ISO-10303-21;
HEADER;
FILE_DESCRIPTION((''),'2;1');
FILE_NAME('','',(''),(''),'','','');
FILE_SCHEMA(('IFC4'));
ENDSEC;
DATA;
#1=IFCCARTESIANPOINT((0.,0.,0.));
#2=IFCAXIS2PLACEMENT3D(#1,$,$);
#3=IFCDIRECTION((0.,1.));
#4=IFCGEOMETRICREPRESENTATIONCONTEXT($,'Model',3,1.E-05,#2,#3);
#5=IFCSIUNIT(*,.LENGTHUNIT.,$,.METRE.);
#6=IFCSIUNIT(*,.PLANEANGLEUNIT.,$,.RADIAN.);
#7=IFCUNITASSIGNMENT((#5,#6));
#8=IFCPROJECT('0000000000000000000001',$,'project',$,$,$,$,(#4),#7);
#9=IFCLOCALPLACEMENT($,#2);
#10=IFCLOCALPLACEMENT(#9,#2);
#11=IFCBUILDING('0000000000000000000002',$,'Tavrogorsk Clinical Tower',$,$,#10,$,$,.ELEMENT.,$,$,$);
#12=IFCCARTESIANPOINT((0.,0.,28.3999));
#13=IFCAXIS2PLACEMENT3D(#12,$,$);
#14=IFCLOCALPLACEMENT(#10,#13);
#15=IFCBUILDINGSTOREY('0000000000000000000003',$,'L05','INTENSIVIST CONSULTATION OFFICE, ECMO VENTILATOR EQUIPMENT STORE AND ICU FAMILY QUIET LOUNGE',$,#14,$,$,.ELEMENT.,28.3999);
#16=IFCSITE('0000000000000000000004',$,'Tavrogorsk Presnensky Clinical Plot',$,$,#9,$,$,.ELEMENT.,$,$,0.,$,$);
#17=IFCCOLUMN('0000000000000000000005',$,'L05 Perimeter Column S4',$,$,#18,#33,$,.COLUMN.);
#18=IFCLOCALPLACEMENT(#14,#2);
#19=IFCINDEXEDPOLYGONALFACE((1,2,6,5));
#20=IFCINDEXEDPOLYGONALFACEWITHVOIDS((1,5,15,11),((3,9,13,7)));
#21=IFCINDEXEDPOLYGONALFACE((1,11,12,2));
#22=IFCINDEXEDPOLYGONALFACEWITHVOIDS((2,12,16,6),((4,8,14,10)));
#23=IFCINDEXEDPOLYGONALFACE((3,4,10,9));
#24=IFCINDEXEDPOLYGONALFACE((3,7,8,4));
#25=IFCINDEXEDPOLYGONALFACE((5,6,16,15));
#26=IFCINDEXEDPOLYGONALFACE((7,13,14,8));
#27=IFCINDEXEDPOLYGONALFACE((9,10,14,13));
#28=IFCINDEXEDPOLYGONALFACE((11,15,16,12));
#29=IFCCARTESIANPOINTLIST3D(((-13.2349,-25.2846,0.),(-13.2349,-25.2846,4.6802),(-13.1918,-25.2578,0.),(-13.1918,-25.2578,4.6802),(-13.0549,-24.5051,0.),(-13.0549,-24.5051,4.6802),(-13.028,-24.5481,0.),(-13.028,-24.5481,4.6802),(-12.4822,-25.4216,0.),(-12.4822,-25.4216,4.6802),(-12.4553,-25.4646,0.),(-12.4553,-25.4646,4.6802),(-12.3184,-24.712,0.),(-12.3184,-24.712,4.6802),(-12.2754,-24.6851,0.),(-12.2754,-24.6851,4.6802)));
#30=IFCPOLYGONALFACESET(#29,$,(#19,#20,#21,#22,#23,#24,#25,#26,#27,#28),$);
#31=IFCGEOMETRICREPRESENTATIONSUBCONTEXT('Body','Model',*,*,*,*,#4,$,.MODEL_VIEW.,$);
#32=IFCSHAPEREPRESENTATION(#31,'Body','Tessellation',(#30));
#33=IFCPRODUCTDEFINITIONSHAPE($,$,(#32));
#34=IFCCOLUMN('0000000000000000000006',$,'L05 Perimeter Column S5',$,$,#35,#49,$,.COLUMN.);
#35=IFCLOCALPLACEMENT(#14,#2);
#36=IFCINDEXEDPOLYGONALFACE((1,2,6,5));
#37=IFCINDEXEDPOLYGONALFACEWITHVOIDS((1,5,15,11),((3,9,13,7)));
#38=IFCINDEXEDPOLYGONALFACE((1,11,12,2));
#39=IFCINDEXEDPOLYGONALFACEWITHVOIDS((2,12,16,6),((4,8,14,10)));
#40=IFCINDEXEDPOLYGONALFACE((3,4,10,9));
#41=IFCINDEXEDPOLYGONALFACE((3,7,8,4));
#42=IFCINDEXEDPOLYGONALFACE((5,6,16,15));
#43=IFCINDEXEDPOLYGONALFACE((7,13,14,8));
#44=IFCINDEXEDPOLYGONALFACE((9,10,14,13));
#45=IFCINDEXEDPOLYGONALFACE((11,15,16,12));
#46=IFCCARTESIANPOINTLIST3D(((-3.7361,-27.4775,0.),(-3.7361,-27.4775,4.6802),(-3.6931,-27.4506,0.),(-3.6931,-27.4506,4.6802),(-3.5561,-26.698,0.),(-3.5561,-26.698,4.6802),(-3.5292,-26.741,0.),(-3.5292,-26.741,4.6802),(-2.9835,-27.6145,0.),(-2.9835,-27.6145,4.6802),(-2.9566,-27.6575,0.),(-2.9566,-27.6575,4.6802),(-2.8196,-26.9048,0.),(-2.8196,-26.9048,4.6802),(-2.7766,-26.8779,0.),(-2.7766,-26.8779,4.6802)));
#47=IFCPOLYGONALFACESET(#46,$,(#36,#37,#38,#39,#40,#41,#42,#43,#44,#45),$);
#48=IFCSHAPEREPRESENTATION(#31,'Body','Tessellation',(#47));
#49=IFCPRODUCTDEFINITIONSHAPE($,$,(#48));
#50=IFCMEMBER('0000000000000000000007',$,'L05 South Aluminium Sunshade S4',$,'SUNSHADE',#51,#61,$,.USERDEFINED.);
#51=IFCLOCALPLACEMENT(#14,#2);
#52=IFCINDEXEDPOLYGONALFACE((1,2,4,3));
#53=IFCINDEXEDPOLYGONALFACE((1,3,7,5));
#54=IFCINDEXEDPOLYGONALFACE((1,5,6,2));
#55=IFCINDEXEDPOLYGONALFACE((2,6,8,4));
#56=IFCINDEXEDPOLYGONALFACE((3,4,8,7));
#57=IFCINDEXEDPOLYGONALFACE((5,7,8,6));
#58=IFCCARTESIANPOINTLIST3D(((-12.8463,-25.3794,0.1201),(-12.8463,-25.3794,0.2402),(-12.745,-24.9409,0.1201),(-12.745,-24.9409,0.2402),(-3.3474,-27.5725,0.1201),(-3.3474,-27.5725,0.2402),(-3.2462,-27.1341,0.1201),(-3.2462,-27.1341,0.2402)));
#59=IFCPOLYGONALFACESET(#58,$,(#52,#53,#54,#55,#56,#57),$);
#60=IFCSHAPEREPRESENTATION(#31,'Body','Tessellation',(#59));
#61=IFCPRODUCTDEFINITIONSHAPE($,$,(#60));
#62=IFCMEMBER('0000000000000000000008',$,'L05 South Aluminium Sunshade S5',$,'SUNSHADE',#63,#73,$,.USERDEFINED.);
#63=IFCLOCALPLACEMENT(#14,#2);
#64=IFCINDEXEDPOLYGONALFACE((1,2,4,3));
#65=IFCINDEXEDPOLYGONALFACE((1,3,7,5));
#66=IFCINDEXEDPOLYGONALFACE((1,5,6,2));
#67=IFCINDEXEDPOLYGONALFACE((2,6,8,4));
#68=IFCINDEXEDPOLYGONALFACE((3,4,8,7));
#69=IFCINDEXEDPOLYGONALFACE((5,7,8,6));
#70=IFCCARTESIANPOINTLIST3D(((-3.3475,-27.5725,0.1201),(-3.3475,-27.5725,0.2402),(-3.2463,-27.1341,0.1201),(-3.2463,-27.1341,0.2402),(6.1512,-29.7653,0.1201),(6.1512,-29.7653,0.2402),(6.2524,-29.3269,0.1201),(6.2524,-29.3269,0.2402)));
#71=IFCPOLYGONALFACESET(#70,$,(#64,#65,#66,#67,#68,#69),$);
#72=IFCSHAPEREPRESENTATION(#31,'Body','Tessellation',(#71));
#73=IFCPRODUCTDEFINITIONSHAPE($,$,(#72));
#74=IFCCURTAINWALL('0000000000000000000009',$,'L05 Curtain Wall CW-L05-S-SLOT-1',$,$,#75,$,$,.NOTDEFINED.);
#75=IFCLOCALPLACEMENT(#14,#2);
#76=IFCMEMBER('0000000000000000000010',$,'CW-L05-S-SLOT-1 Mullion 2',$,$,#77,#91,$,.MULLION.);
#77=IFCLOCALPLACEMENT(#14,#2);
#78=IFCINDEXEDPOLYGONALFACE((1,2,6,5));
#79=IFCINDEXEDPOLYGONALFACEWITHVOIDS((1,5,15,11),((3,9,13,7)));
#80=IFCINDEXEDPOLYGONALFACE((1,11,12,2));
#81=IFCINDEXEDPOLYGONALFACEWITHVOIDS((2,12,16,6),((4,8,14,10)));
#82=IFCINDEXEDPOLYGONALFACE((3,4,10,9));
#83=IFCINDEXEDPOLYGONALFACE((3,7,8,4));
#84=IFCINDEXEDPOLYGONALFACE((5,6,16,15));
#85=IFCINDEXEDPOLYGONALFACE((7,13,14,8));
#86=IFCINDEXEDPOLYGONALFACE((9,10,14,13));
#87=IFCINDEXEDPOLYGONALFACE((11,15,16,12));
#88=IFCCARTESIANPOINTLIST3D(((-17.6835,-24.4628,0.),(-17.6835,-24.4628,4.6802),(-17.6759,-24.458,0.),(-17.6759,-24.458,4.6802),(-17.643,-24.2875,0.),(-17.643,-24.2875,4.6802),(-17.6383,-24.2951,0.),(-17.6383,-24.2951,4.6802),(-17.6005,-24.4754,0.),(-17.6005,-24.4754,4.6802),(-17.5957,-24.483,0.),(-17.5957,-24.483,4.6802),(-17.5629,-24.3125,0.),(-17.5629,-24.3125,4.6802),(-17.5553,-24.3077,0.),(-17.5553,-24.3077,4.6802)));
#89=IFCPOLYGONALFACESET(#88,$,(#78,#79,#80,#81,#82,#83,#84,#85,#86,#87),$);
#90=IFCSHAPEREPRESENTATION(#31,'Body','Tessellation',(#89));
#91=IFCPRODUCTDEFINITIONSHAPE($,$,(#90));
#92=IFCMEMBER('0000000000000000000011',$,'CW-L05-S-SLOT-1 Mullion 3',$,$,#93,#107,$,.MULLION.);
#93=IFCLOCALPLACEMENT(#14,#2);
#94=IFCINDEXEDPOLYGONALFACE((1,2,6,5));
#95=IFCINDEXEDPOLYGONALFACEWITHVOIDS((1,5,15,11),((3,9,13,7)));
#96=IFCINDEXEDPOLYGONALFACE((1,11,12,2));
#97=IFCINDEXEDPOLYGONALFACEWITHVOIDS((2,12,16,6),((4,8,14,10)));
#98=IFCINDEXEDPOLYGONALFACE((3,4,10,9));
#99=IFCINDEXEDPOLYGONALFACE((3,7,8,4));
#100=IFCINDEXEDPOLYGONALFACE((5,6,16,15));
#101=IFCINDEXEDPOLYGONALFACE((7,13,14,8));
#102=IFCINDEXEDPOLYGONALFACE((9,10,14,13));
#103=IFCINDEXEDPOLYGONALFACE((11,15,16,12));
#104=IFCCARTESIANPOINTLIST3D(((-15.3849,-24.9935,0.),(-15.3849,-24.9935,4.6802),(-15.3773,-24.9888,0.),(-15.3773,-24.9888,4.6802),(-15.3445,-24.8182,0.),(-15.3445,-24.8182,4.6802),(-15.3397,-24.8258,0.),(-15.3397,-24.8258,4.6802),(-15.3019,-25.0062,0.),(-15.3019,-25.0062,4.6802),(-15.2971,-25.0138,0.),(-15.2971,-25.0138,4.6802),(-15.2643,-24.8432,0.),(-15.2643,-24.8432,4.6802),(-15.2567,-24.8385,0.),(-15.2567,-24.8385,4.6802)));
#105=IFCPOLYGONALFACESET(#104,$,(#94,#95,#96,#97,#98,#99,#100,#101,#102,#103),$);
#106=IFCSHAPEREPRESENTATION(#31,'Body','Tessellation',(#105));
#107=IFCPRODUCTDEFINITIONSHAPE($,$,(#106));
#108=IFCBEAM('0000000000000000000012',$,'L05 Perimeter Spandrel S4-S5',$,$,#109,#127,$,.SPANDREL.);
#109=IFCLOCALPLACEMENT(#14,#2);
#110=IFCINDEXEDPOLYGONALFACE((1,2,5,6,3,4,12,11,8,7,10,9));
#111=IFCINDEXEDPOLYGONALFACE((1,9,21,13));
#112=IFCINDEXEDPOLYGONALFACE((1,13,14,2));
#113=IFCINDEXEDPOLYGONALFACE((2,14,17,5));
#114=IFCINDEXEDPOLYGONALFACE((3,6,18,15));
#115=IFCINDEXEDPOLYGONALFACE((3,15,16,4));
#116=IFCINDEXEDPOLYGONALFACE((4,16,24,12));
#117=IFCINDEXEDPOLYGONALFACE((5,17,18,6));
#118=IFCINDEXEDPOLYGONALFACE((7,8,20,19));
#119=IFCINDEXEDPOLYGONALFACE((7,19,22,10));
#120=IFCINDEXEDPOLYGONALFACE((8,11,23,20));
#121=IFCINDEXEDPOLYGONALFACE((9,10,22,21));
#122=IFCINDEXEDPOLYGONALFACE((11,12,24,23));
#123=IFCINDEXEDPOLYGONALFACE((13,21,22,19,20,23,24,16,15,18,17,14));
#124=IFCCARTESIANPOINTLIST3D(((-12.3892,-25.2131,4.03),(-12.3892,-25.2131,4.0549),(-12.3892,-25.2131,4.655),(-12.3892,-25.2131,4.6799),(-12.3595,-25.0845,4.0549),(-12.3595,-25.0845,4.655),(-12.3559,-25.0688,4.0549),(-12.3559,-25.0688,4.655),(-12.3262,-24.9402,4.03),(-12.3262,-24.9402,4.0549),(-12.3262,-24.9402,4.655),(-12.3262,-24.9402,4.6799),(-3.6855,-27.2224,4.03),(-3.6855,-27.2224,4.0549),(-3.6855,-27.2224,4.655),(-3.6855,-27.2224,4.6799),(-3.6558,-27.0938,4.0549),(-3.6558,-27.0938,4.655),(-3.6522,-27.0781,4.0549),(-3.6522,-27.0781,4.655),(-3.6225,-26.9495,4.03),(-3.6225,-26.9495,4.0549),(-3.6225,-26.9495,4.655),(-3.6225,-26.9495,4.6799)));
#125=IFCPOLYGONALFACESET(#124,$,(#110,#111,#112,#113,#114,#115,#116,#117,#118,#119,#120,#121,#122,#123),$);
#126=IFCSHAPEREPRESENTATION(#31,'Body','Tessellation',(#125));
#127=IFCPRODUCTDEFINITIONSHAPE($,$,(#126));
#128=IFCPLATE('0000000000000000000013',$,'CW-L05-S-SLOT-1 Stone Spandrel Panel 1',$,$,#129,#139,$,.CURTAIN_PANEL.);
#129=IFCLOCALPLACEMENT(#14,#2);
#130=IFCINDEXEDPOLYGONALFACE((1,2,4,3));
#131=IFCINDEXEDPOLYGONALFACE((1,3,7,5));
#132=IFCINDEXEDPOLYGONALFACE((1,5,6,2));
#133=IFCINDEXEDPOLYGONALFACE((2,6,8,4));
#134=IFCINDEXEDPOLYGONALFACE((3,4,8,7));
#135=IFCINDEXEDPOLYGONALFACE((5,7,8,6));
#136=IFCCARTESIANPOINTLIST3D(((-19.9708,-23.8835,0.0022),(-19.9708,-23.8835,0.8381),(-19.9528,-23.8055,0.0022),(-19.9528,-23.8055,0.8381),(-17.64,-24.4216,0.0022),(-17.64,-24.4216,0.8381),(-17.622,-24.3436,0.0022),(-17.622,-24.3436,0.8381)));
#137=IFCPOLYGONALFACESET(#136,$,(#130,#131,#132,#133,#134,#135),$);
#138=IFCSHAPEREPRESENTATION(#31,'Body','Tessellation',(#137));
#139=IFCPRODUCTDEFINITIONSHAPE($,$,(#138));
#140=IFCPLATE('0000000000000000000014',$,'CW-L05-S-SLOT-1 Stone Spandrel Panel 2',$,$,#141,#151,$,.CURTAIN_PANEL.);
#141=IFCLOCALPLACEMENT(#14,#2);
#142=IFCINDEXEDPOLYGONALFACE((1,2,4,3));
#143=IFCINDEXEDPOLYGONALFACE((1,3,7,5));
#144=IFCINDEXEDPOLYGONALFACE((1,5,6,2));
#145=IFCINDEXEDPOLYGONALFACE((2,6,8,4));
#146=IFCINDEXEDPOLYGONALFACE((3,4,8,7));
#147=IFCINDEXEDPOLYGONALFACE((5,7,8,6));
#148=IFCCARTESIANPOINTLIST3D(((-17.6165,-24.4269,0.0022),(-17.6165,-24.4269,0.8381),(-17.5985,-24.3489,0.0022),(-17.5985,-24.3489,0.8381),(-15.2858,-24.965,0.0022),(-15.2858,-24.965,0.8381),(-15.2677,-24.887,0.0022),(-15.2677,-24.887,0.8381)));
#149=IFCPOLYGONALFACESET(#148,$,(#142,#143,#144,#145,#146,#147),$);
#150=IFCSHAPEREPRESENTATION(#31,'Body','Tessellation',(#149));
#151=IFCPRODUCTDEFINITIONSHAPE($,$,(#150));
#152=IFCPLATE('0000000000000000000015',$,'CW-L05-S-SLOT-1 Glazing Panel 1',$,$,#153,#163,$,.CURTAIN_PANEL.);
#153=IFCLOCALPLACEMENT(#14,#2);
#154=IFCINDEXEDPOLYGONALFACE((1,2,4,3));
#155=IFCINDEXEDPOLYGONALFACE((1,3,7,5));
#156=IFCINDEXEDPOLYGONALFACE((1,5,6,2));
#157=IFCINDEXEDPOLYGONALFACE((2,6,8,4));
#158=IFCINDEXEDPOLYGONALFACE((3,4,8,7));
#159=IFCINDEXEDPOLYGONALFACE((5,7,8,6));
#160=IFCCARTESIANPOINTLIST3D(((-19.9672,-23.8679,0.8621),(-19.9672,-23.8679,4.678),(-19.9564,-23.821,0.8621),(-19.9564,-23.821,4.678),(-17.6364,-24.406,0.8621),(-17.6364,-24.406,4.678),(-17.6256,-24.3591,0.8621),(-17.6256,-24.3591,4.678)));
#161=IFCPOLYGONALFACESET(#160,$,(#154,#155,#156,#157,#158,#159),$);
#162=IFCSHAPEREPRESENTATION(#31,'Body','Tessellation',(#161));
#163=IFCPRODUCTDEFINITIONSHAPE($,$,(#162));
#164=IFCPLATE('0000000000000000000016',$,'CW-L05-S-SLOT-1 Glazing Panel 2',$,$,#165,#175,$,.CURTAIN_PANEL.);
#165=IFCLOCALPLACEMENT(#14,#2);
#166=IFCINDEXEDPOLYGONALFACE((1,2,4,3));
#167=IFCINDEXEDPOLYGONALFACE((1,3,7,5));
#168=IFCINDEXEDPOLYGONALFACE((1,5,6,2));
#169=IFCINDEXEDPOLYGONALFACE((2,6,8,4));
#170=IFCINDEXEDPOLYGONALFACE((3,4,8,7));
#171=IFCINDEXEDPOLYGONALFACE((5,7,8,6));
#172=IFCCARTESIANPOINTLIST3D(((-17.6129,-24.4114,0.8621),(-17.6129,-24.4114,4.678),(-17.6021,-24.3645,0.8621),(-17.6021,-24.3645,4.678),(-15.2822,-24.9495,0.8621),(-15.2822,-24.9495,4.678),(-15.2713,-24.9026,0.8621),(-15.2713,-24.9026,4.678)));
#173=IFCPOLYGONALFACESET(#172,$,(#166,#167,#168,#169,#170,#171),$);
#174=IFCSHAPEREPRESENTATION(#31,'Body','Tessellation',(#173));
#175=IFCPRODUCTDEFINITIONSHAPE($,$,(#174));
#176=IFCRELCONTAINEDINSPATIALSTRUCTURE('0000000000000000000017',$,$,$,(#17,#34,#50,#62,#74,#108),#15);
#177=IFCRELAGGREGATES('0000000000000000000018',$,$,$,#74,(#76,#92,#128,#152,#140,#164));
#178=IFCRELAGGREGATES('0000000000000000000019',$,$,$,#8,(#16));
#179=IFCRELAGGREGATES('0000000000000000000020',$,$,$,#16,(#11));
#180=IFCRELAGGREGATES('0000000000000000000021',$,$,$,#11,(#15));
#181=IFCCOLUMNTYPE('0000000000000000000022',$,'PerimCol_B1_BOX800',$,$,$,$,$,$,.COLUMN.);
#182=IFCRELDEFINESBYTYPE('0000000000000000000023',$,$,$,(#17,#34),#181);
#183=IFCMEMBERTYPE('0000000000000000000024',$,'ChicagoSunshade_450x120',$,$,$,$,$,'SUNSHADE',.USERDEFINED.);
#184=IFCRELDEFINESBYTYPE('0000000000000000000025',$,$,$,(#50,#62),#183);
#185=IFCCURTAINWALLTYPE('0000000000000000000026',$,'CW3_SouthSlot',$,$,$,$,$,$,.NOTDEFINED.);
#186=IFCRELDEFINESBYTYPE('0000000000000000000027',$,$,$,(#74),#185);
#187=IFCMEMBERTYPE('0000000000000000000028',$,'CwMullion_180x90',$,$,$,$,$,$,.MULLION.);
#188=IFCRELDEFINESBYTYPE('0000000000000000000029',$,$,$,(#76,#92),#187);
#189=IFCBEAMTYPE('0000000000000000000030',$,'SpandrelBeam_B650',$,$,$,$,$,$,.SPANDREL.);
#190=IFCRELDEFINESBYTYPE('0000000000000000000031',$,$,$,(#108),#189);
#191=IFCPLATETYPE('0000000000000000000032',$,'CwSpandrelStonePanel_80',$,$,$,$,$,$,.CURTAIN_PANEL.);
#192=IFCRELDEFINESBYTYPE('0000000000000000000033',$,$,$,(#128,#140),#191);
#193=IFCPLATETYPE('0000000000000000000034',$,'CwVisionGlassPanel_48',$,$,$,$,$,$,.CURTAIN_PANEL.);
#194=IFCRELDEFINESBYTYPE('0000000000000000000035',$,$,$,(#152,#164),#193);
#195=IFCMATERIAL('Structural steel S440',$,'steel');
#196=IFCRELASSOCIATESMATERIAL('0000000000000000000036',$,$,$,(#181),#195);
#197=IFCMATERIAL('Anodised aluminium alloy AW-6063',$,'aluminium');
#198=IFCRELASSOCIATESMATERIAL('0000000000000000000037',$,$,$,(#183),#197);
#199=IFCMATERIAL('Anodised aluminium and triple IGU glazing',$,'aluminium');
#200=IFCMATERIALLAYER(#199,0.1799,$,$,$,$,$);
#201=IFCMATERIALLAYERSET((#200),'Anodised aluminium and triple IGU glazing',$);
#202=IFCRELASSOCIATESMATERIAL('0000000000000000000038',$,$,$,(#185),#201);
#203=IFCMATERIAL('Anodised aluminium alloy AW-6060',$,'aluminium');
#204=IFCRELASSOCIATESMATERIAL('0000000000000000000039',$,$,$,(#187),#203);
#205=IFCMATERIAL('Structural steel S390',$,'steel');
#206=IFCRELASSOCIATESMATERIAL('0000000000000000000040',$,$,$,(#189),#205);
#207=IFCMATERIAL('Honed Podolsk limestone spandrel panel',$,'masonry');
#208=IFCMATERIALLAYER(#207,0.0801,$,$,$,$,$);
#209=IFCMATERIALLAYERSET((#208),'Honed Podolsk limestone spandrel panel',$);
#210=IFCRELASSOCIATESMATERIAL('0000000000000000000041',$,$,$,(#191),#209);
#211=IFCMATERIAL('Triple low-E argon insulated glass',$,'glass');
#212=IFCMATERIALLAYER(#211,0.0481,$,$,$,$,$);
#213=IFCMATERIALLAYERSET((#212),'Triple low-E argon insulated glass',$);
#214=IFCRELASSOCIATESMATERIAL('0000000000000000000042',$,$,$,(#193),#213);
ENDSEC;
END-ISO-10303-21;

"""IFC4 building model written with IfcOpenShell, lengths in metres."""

from ifc_helpers import new_model, si_unit, direction, frame, origin, origin_2d, place, context, subcontext, project, spatial, rectangle, hollow_rectangle, i_section, extrude, material, layer, layer_set, material_profile, profile_set, type_object, element, aggregate, save


model = new_model("IFC4")

# Units and contexts
model_context = context("Model", 3, precision=1e-05, world=origin(), true_north=direction((0.0, 1.0)))
body_context = subcontext(model_context, "Body", "Model", "MODEL_VIEW")
ifc_project = project(units=[si_unit("LENGTHUNIT", "METRE"), si_unit("PLANEANGLEUNIT", "RADIAN")], contexts=[model_context])

# Site, building, storey
site_placement = place(None, origin())
site = spatial("IfcSite", under=ifc_project, at=site_placement, Name="Tavrogorsk Presnensky Clinical Plot", CompositionType="ELEMENT", RefElevation=0.0)
building_placement = place(site_placement, origin())
building = spatial("IfcBuilding", under=site, at=building_placement, Name="Tavrogorsk Clinical Tower", CompositionType="ELEMENT")
storey_placement = place(building_placement, frame((0.0, 0.0, 28.3999)))
storey = spatial("IfcBuildingStorey", under=building, at=storey_placement, Name="L05", Description="INTENSIVIST CONSULTATION OFFICE, ECMO VENTILATOR EQUIPMENT STORE AND ICU FAMILY QUIET LOUNGE", CompositionType="ELEMENT", Elevation=28.3999)

# Columns
ifc_material_1 = material(Name="Structural steel S440", Category="steel")
ifc_material_profile_1 = material_profile(ifc_material_1, hollow_rectangle(XDim=0.8, YDim=0.8, WallThickness=0.0359, at=origin_2d()), Name="BOX-800x800x36")
ifc_profile_set_1 = profile_set([ifc_material_profile_1], Name="Structural steel S440")
column_type = type_object("IfcColumnType", Name="PerimCol_B1_BOX800", PredefinedType="COLUMN", material=ifc_profile_set_1)
for number, where, z_axis, x_axis, name in (
    (1, (-12.7551, -24.9849, 0.0), (0.0, 0.0, 1.0), (0.97437, -0.224951, 0.0), "L05 Perimeter Column S4"),
    (2, (-3.2563, -27.1777, 0.0), (0.0, 0.0, 1.0), (0.97437, -0.224951, 0.0), "L05 Perimeter Column S5"),
):
    element("IfcColumn", number, at=place(storey_placement, frame(where, z_axis=z_axis, x_axis=x_axis)), inside=storey, type_object=column_type, Name=name, PredefinedType="COLUMN", context=body_context, shape_type="SweptSolid", body=[
        extrude(hollow_rectangle(XDim=0.8, YDim=0.8, WallThickness=0.0359, at=origin_2d()), origin(), (0.0, 0.0, 1.0), 4.6802),
    ])

# Members
ifc_material_2 = material(Name="Anodised aluminium alloy AW-6063", Category="aluminium")
ifc_material_profile_2 = material_profile(ifc_material_2, rectangle(XDim=0.45, YDim=0.1201, at=origin_2d()), Name="ALU-SUNSHADE-450x120")
ifc_profile_set_2 = profile_set([ifc_material_profile_2], Name="Anodised aluminium alloy AW-6063")
member_type_1 = type_object("IfcMemberType", Name="ChicagoSunshade_450x120", ElementType="SUNSHADE", PredefinedType="USERDEFINED", material=ifc_profile_set_2)
member_1_placement = place(storey_placement, frame((-12.7957, -25.1602, 0.1802), z_axis=(0.974367, -0.224966, 0.0), x_axis=(0.224966, 0.974367, 0.0)))
element("IfcMember", 3, at=member_1_placement, inside=storey, type_object=member_type_1, Name="L05 South Aluminium Sunshade S4", ObjectType="SUNSHADE", PredefinedType="USERDEFINED", context=body_context, shape_type="SweptSolid", body=[
    extrude(rectangle(XDim=0.45, YDim=0.1201, at=origin_2d()), origin(), (0.0, 0.0, 1.0), 9.7488),
])
member_2_placement = place(storey_placement, frame((-3.2969, -27.3533, 0.1802), z_axis=(0.974372, -0.224942, 0.0), x_axis=(0.224942, 0.974372, 0.0)))
element("IfcMember", 4, at=member_2_placement, inside=storey, type_object=member_type_1, Name="L05 South Aluminium Sunshade S5", ObjectType="SUNSHADE", PredefinedType="USERDEFINED", context=body_context, shape_type="SweptSolid", body=[
    extrude(rectangle(XDim=0.45, YDim=0.1201, at=origin_2d()), origin(), (0.0, 0.0, 1.0), 9.7485),
])

# Curtain wall, members
ifc_material_3 = material(Name="Anodised aluminium and triple IGU glazing", Category="aluminium")
ifc_layer_1 = layer(ifc_material_3, 0.1799)
ifc_layer_set_1 = layer_set([ifc_layer_1], Name="Anodised aluminium and triple IGU glazing")
curtain_wall_type = type_object("IfcCurtainWallType", Name="CW3_SouthSlot", PredefinedType="NOTDEFINED", material=ifc_layer_set_1)
curtain_wall_placement = place(storey_placement, origin())
curtain_wall = element("IfcCurtainWall", 5, at=curtain_wall_placement, inside=storey, type_object=curtain_wall_type, Name="L05 Curtain Wall CW-L05-S-SLOT-1", PredefinedType="NOTDEFINED")
ifc_material_4 = material(Name="Anodised aluminium alloy AW-6060", Category="aluminium")
ifc_material_profile_3 = material_profile(ifc_material_4, hollow_rectangle(XDim=0.0901, YDim=0.1799, WallThickness=0.0063, at=origin_2d()), Name="RHS-180x90x6.3")
ifc_profile_set_3 = profile_set([ifc_material_profile_3], Name="Anodised aluminium alloy AW-6060")
member_type_2 = type_object("IfcMemberType", Name="CwMullion_180x90", PredefinedType="MULLION", material=ifc_profile_set_3)
member_3_placement = place(storey_placement, frame((-17.6194, -24.3853, 0.0), z_axis=(0.0, 0.0, 1.0), x_axis=(0.97437, -0.224951, 0.0)))
member_3 = element("IfcMember", 6, at=member_3_placement, type_object=member_type_2, Name="CW-L05-S-SLOT-1 Mullion 2", PredefinedType="MULLION", context=body_context, shape_type="SweptSolid", body=[
    extrude(hollow_rectangle(XDim=0.0901, YDim=0.1799, WallThickness=0.0063, at=origin_2d()), origin(), (0.0, 0.0, 1.0), 4.6802),
])
member_4_placement = place(storey_placement, frame((-15.3208, -24.916, 0.0), z_axis=(0.0, 0.0, 1.0), x_axis=(0.97437, -0.224951, 0.0)))
member_4 = element("IfcMember", 7, at=member_4_placement, type_object=member_type_2, Name="CW-L05-S-SLOT-1 Mullion 3", PredefinedType="MULLION", context=body_context, shape_type="SweptSolid", body=[
    extrude(hollow_rectangle(XDim=0.0901, YDim=0.1799, WallThickness=0.0063, at=origin_2d()), origin(), (0.0, 0.0, 1.0), 4.6802),
])

# Beam
ifc_material_5 = material(Name="Structural steel S390", Category="steel")
ifc_material_profile_4 = material_profile(ifc_material_5, i_section(OverallWidth=0.28, OverallDepth=0.6499, WebThickness=0.0161, FlangeThickness=0.0249, at=origin_2d()), Name="B-650x280x16x25")
ifc_profile_set_4 = profile_set([ifc_material_profile_4], Name="Structural steel S390")
beam_type = type_object("IfcBeamType", Name="SpandrelBeam_B650", PredefinedType="SPANDREL", material=ifc_profile_set_4)
beam_placement = place(storey_placement, frame((-12.3577, -25.0767, 4.355), z_axis=(0.974373, -0.224939, 0.0), x_axis=(0.224939, 0.974373, 0.0)))
element("IfcBeam", 8, at=beam_placement, inside=storey, type_object=beam_type, Name="L05 Perimeter Spandrel S4-S5", PredefinedType="SPANDREL", context=body_context, shape_type="SweptSolid", body=[
    extrude(i_section(OverallWidth=0.28, OverallDepth=0.6499, WebThickness=0.0161, FlangeThickness=0.0249, at=origin_2d()), origin(), (0.0, 0.0, 1.0), 8.9326),
])

# Plates
ifc_material_6 = material(Name="Honed Podolsk limestone spandrel panel", Category="masonry")
ifc_layer_2 = layer(ifc_material_6, 0.0801)
ifc_layer_set_2 = layer_set([ifc_layer_2], Name="Honed Podolsk limestone spandrel panel")
plate_type_1 = type_object("IfcPlateType", Name="CwSpandrelStonePanel_80", PredefinedType="CURTAIN_PANEL", material=ifc_layer_set_2)
plate_1_placement = place(storey_placement, frame((-18.7964, -24.1135, 0.0022), z_axis=(0.0, 0.0, 1.0), x_axis=(0.97437, -0.224951, 0.0)))
plate_1 = element("IfcPlate", 9, at=plate_1_placement, type_object=plate_type_1, Name="CW-L05-S-SLOT-1 Stone Spandrel Panel 1", PredefinedType="CURTAIN_PANEL", context=body_context, shape_type="SweptSolid", body=[
    extrude(rectangle(XDim=2.3921, YDim=0.0801, at=origin_2d()), origin(), (0.0, 0.0, 1.0), 0.8359),
])
plate_2_placement = place(storey_placement, frame((-16.4421, -24.657, 0.0022), z_axis=(0.0, 0.0, 1.0), x_axis=(0.97437, -0.224951, 0.0)))
plate_2 = element("IfcPlate", 10, at=plate_2_placement, type_object=plate_type_1, Name="CW-L05-S-SLOT-1 Stone Spandrel Panel 2", PredefinedType="CURTAIN_PANEL", context=body_context, shape_type="SweptSolid", body=[
    extrude(rectangle(XDim=2.3921, YDim=0.0801, at=origin_2d()), origin(), (0.0, 0.0, 1.0), 0.8359),
])
ifc_material_7 = material(Name="Triple low-E argon insulated glass", Category="glass")
ifc_layer_3 = layer(ifc_material_7, 0.0481)
ifc_layer_set_3 = layer_set([ifc_layer_3], Name="Triple low-E argon insulated glass")
plate_type_2 = type_object("IfcPlateType", Name="CwVisionGlassPanel_48", PredefinedType="CURTAIN_PANEL", material=ifc_layer_set_3)
plate_3_placement = place(storey_placement, frame((-18.7964, -24.1135, 0.8621), z_axis=(0.0, 0.0, 1.0), x_axis=(0.97437, -0.224951, 0.0)))
plate_3 = element("IfcPlate", 11, at=plate_3_placement, type_object=plate_type_2, Name="CW-L05-S-SLOT-1 Glazing Panel 1", PredefinedType="CURTAIN_PANEL", context=body_context, shape_type="SweptSolid", body=[
    extrude(rectangle(XDim=2.3921, YDim=0.0481, at=origin_2d()), origin(), (0.0, 0.0, 1.0), 3.8159),
])
plate_4_placement = place(storey_placement, frame((-16.4421, -24.657, 0.8621), z_axis=(0.0, 0.0, 1.0), x_axis=(0.97437, -0.224951, 0.0)))
plate_4 = element("IfcPlate", 12, at=plate_4_placement, type_object=plate_type_2, Name="CW-L05-S-SLOT-1 Glazing Panel 2", PredefinedType="CURTAIN_PANEL", context=body_context, shape_type="SweptSolid", body=[
    extrude(rectangle(XDim=2.3921, YDim=0.0481, at=origin_2d()), origin(), (0.0, 0.0, 1.0), 3.8159),
])
aggregate(curtain_wall, [member_3, member_4, plate_1, plate_3, plate_2, plate_4])

save(model, "model.ifc")
